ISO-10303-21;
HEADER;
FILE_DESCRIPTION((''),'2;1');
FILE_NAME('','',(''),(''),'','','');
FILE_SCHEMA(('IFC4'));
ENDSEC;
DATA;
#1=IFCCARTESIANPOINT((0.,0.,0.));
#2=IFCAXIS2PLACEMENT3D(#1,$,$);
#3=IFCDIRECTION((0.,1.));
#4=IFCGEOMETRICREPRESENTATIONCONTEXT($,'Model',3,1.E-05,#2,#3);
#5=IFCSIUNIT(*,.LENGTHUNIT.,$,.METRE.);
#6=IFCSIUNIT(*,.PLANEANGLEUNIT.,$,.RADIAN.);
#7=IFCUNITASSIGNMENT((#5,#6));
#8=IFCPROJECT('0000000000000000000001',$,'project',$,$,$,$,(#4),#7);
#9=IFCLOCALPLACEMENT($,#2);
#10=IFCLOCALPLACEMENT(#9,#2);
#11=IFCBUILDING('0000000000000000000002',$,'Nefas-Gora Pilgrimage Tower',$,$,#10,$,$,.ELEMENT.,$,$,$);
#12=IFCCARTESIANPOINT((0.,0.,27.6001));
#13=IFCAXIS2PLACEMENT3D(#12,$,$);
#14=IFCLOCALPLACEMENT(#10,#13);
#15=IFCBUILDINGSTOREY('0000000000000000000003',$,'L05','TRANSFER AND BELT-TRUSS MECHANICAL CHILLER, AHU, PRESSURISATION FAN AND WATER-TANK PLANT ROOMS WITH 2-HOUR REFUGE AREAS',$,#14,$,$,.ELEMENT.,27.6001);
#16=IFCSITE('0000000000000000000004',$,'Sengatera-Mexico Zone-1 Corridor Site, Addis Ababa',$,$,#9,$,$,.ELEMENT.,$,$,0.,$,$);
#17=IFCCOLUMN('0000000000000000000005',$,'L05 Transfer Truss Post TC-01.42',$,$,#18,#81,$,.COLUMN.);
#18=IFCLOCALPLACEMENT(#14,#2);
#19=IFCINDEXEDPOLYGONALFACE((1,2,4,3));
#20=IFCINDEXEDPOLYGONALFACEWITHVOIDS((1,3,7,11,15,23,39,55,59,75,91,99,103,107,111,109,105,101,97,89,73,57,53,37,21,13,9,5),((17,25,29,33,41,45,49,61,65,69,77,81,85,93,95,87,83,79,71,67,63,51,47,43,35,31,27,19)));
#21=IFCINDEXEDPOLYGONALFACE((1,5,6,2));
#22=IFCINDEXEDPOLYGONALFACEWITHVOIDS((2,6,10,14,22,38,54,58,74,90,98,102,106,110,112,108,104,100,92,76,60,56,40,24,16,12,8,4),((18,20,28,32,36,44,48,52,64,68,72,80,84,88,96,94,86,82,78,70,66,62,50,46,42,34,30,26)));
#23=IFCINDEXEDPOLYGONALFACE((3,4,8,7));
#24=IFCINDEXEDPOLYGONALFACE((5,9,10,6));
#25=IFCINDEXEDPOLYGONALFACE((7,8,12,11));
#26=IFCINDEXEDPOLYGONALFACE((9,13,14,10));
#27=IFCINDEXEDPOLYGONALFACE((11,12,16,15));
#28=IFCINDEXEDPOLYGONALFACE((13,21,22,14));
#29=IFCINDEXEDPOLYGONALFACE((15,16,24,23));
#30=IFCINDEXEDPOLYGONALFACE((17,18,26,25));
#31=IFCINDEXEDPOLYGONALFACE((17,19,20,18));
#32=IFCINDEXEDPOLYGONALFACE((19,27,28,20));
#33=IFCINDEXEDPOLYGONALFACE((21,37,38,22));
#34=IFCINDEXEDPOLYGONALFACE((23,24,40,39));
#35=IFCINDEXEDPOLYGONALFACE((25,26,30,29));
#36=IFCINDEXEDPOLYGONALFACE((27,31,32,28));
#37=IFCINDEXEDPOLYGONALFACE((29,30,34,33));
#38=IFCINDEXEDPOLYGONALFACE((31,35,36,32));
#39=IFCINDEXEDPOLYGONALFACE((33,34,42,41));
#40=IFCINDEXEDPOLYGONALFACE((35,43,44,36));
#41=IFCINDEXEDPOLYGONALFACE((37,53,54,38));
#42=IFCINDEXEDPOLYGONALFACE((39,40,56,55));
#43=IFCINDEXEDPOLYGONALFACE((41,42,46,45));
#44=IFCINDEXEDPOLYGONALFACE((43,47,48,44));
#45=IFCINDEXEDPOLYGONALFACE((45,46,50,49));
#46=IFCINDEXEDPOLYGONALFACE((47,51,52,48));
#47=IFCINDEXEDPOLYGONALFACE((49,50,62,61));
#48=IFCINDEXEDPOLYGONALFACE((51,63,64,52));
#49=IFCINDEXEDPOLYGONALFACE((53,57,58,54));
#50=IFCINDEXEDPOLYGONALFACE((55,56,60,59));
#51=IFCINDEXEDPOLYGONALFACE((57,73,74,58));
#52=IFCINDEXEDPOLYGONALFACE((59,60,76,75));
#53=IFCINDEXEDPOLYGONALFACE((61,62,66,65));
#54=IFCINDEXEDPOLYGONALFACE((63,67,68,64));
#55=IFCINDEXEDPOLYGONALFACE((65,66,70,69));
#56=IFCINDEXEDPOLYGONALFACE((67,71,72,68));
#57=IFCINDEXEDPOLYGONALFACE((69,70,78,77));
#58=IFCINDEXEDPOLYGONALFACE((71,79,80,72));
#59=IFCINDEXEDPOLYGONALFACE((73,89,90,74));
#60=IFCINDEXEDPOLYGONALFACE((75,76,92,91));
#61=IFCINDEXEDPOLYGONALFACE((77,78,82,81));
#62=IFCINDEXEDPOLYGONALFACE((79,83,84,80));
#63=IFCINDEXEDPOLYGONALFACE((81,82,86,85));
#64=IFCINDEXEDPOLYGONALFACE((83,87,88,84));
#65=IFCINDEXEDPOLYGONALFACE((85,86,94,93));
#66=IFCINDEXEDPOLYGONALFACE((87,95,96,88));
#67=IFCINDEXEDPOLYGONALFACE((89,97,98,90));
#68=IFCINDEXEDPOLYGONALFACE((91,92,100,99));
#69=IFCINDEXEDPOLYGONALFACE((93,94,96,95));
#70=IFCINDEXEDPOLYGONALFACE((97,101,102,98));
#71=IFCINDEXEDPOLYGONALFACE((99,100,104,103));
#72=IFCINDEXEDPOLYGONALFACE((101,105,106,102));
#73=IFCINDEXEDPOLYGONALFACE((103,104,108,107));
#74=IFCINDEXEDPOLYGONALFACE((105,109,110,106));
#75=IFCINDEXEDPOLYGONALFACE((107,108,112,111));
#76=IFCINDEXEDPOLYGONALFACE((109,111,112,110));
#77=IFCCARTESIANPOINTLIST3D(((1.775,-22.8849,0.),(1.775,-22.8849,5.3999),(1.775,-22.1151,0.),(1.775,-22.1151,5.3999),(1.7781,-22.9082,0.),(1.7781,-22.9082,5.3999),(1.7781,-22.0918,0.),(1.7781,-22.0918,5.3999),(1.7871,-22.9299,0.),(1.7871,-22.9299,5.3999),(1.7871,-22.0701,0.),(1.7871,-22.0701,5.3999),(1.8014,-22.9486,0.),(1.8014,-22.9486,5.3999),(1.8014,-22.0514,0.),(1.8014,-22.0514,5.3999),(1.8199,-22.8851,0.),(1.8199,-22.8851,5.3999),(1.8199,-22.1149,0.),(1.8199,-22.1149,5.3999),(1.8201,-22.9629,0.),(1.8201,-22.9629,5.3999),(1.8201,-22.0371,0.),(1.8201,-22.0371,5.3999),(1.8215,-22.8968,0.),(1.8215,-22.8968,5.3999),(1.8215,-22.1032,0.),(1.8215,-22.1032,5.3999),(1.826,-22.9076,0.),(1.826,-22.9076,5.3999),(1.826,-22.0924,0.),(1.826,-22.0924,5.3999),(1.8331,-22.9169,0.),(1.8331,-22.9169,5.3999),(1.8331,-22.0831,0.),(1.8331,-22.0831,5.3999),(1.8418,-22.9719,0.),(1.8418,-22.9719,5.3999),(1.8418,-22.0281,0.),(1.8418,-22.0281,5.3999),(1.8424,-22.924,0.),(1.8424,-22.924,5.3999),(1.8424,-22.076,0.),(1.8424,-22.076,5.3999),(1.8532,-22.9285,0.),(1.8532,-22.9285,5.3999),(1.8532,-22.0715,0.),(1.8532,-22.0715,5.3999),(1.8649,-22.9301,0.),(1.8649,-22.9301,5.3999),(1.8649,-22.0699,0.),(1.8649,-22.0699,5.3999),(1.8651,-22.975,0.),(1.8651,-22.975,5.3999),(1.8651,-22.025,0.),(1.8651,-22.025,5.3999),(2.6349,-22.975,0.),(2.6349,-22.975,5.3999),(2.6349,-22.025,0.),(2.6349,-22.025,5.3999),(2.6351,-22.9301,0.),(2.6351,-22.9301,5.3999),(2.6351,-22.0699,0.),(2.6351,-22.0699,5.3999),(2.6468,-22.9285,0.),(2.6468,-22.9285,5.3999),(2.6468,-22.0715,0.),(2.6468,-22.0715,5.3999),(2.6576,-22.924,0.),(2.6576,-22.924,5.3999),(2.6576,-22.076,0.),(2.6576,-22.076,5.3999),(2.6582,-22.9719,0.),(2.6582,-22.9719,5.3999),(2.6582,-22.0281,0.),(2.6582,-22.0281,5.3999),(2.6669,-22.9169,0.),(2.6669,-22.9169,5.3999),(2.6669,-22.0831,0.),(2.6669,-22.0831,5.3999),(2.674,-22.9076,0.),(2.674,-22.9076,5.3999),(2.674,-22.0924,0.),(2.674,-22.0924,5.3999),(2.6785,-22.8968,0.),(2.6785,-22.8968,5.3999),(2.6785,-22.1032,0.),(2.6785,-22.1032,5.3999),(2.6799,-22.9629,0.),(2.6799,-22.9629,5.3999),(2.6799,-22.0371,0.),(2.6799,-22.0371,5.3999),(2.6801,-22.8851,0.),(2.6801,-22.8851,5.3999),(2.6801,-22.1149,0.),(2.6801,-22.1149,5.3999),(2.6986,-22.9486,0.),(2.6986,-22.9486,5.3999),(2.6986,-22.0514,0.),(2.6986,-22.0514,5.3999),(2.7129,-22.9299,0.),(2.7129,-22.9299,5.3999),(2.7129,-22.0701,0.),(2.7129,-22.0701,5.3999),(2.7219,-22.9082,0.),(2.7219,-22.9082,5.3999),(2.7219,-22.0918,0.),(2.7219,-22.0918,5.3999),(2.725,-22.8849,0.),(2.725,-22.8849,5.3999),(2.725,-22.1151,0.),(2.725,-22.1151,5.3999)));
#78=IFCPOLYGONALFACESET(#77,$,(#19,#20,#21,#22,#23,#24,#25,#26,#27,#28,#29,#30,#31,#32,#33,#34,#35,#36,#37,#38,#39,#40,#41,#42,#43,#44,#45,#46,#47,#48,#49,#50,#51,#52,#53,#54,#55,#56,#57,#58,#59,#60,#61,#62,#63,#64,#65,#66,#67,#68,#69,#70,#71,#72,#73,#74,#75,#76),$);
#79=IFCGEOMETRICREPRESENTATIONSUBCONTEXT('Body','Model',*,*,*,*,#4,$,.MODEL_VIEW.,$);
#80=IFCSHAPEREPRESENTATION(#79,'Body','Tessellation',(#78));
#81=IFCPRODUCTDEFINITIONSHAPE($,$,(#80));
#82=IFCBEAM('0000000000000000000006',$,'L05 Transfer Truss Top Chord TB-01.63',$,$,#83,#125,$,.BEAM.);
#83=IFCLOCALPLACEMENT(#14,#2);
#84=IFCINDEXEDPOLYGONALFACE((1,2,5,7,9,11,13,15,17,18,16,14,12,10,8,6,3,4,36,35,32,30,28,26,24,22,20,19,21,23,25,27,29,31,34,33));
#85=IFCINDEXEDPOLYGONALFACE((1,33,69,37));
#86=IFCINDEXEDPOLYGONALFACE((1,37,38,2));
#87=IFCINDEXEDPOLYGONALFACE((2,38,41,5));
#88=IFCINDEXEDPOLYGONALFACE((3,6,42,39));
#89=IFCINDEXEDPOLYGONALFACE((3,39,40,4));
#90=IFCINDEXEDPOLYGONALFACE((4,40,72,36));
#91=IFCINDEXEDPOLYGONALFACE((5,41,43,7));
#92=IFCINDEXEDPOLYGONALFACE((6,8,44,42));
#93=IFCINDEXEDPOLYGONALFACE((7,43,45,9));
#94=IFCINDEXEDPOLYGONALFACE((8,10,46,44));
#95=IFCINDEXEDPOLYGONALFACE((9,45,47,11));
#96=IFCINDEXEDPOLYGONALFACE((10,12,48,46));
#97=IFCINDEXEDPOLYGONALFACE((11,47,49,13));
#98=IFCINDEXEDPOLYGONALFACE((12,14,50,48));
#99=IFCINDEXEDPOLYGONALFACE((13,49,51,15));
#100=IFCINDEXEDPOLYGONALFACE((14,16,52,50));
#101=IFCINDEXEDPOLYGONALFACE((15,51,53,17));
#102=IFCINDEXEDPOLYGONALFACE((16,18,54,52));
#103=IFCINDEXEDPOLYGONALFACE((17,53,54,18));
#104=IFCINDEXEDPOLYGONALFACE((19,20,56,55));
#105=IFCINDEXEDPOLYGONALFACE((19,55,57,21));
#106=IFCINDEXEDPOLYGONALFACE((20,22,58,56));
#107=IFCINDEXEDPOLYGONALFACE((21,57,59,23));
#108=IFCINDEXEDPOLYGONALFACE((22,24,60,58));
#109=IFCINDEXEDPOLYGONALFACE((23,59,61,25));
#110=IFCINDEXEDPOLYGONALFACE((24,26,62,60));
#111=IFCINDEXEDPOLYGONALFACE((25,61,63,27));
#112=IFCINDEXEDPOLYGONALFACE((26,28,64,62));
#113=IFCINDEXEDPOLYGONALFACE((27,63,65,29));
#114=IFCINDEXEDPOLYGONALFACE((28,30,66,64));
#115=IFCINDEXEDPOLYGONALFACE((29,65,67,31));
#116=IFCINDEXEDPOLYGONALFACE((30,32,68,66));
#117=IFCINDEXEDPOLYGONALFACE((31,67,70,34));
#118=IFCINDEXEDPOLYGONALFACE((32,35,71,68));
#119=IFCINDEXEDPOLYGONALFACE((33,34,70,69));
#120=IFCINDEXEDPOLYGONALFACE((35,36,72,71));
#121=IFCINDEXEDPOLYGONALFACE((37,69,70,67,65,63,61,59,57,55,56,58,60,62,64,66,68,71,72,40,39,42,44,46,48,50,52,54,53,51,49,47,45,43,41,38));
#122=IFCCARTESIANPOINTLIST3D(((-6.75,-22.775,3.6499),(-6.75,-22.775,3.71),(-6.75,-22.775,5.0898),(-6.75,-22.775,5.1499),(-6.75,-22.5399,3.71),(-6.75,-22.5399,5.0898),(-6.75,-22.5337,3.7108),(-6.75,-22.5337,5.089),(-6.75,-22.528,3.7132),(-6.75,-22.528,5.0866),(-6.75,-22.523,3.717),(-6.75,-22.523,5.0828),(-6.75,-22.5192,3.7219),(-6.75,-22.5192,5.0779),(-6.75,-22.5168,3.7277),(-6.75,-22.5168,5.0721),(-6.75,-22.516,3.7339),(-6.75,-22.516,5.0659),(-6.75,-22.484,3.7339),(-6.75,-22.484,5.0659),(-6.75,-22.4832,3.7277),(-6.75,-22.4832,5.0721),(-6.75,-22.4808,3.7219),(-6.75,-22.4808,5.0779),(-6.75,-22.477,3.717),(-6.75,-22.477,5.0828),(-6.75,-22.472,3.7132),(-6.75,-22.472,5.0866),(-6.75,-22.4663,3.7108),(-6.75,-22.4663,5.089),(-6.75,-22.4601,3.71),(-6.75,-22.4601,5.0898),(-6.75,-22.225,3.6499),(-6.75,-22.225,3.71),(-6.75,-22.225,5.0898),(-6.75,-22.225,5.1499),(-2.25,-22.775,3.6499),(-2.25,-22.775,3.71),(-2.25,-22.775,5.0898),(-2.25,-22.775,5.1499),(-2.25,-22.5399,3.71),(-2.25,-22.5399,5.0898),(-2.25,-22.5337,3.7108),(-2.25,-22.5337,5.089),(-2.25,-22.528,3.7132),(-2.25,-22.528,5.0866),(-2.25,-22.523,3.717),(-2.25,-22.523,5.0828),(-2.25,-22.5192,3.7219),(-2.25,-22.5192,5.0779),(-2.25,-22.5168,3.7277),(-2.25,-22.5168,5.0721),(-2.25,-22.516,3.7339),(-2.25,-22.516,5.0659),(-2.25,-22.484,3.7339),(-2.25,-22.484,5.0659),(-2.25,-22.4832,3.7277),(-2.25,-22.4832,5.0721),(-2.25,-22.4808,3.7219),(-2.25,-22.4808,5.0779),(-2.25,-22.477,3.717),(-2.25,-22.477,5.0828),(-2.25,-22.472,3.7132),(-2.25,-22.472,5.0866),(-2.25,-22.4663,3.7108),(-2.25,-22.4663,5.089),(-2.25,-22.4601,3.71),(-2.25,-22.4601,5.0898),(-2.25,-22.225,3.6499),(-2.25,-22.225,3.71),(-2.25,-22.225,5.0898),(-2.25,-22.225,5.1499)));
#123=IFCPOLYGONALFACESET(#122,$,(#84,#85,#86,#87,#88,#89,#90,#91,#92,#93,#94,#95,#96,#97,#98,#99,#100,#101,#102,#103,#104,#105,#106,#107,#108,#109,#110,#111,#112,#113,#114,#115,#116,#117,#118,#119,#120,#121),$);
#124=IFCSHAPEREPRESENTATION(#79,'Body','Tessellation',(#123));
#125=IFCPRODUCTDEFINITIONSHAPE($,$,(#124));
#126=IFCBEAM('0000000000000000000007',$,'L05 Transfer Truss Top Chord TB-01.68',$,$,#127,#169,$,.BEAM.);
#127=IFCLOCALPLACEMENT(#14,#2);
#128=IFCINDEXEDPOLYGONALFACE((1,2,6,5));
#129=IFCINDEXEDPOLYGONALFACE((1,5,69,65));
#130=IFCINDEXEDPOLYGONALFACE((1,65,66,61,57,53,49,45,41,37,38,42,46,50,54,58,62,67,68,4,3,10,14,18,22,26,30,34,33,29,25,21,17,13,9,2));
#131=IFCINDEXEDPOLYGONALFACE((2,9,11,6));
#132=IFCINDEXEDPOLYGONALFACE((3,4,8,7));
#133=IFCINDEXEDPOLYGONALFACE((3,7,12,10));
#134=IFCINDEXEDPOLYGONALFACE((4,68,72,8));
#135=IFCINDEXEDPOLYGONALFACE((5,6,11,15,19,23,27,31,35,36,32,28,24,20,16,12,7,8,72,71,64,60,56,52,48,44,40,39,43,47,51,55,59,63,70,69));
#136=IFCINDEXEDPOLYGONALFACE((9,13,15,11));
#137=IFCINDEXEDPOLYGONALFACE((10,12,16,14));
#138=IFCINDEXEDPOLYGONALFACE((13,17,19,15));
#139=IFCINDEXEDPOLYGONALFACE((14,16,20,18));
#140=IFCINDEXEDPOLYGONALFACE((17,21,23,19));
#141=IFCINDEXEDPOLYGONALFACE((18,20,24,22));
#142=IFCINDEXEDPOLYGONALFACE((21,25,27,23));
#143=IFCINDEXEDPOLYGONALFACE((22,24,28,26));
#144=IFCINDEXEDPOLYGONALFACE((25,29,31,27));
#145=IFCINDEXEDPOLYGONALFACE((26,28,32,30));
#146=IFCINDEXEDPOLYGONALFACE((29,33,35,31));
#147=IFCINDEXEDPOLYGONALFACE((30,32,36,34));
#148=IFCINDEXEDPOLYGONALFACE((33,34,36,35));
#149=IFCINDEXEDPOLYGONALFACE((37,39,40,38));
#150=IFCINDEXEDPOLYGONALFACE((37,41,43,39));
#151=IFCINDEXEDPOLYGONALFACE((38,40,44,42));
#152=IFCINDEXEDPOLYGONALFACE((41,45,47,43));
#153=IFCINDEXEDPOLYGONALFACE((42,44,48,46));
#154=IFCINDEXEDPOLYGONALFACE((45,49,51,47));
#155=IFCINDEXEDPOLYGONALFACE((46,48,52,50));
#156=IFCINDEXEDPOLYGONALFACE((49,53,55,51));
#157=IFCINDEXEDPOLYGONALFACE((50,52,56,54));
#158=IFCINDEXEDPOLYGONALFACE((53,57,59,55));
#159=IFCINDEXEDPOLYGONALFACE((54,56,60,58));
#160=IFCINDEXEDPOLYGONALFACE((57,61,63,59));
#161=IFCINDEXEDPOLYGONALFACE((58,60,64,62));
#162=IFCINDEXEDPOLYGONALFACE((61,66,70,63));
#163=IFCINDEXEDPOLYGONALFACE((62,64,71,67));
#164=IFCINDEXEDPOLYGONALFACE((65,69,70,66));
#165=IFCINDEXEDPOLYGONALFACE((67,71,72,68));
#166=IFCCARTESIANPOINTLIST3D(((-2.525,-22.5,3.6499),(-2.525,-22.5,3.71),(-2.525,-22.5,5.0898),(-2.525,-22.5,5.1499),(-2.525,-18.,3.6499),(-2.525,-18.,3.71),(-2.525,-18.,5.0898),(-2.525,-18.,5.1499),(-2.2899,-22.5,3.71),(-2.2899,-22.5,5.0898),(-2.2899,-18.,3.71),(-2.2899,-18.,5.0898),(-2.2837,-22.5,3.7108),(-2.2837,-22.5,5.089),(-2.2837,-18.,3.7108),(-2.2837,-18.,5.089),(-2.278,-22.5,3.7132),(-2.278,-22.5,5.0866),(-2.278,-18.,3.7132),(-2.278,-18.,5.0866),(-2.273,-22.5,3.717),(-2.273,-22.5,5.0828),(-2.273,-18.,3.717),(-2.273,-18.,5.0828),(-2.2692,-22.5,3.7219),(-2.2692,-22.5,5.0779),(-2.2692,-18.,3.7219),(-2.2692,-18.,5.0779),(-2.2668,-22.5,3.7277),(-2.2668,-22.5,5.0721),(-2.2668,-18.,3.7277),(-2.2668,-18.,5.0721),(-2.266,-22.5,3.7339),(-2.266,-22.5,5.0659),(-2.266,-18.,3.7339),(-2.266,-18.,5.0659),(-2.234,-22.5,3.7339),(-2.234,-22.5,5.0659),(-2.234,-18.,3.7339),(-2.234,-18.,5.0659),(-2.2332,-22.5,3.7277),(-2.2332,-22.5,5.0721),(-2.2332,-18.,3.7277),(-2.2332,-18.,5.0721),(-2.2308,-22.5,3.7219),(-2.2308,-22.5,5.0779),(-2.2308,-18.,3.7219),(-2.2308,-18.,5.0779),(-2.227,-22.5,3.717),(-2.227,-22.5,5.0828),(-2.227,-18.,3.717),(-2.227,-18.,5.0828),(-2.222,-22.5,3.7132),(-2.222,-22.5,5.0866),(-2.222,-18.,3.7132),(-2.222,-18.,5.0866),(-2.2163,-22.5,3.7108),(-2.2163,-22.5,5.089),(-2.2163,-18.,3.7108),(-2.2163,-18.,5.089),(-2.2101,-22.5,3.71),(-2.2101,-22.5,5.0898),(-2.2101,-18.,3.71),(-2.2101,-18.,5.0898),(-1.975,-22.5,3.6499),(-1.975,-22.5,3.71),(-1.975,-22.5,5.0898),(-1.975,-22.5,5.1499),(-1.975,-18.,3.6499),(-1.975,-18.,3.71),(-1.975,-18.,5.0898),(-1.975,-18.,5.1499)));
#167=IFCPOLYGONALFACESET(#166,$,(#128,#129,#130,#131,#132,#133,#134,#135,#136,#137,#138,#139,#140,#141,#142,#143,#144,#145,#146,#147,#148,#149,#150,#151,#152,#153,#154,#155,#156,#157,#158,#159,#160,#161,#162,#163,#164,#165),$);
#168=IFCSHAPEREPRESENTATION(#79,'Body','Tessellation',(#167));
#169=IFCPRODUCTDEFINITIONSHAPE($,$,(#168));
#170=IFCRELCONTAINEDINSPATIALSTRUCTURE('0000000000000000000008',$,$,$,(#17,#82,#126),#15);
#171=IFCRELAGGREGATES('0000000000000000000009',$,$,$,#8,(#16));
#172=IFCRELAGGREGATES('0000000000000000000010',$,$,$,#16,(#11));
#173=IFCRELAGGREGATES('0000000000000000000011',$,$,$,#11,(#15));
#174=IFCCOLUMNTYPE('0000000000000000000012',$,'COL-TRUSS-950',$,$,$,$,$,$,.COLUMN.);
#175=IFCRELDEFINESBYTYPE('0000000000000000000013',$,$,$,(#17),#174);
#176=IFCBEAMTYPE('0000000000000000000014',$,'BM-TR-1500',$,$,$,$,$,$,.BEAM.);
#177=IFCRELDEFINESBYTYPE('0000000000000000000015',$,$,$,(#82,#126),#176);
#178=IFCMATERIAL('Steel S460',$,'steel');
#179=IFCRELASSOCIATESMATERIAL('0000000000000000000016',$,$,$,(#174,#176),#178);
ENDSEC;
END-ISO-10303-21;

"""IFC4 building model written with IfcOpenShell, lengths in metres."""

from ifc_helpers import new_model, si_unit, direction, frame, origin, origin_2d, place, context, subcontext, project, spatial, hollow_rectangle, i_section, extrude, source, transform, mapped, material, material_profile, profile_set, type_object, element, save


model = new_model("IFC4")

# Units and contexts
model_context = context("Model", 3, precision=1e-05, world=origin(), true_north=direction((0.0, 1.0)))
body_context = subcontext(model_context, "Body", "Model", "MODEL_VIEW")
ifc_project = project(units=[si_unit("LENGTHUNIT", "METRE"), si_unit("PLANEANGLEUNIT", "RADIAN")], contexts=[model_context])

# Site, building, storey
site_placement = place(None, origin())
site = spatial("IfcSite", under=ifc_project, at=site_placement, Name="Sengatera-Mexico Zone-1 Corridor Site, Addis Ababa", CompositionType="ELEMENT", RefElevation=0.0)
building_placement = place(site_placement, origin())
building = spatial("IfcBuilding", under=site, at=building_placement, Name="Nefas-Gora Pilgrimage Tower", CompositionType="ELEMENT")
storey_placement = place(building_placement, frame((0.0, 0.0, 27.6001)))
storey = spatial("IfcBuildingStorey", under=building, at=storey_placement, Name="L05", Description="TRANSFER AND BELT-TRUSS MECHANICAL CHILLER, AHU, PRESSURISATION FAN AND WATER-TANK PLANT ROOMS WITH 2-HOUR REFUGE AREAS", CompositionType="ELEMENT", Elevation=27.6001)

# Column
ifc_material_1 = material(Name="Steel S460", Category="steel")
ifc_material_profile_1 = material_profile(ifc_material_1, hollow_rectangle(XDim=0.95, YDim=0.95, WallThickness=0.0449, InnerFilletRadius=0.0449, OuterFilletRadius=0.0901, at=origin_2d()), Name="BOX 950x950x45")
ifc_profile_set_1 = profile_set([ifc_material_profile_1], Name="Steel S460")
column_type_1 = type_object("IfcColumnType", Name="COL-TRUSS-950", PredefinedType="COLUMN", material=ifc_profile_set_1)
shared_shape_1 = source(origin(), body_context, "Body", "SweptSolid", [
    extrude(hollow_rectangle(XDim=0.95, YDim=0.95, WallThickness=0.0449, InnerFilletRadius=0.0449, OuterFilletRadius=0.0901, at=origin_2d()), origin(), (0.0, 0.0, 1.0), 5.3999),
])
for number, where, z_axis, x_axis, name in (
    (1, (2.25, -22.5, 0.0), (0.0, 0.0, 1.0), (1.0, 0.0, 0.0), "L05 Transfer Truss Post TC-01.42"),
):
    element("IfcColumn", number, at=place(storey_placement, frame(where, z_axis=z_axis, x_axis=x_axis)), inside=storey, type_object=column_type_1, Name=name, PredefinedType="COLUMN", context=body_context, shape_type="MappedRepresentation", body=[
        mapped(shared_shape_1, transform((0.0, 0.0, 0.0), x_axis=(1.0, 0.0, 0.0), y_axis=(0.0, 1.0, 0.0), z_axis=(0.0, 0.0, 1.0), scale=1.0)),
    ])

# Beams
ifc_material_profile_2 = material_profile(ifc_material_1, i_section(OverallWidth=0.55, OverallDepth=1.5, WebThickness=0.032, FlangeThickness=0.0601, FilletRadius=0.0239, at=origin_2d()), Name="WPG 1500x550x32x60")
ifc_profile_set_2 = profile_set([ifc_material_profile_2], Name="Steel S460")
beam_type_1 = type_object("IfcBeamType", Name="BM-TR-1500", PredefinedType="BEAM", material=ifc_profile_set_2)
shared_shape_2 = source(origin(), body_context, "Body", "SweptSolid", [
    extrude(i_section(OverallWidth=0.55, OverallDepth=1.5, WebThickness=0.032, FlangeThickness=0.0601, FilletRadius=0.0239, at=origin_2d()), origin(), (0.0, 0.0, 1.0), 4.5),
])
for number, where, z_axis, x_axis, name in (
    (2, (-6.75, -22.5, 4.3999), (1.0, 0.0, 0.0), (0.0, 1.0, 0.0), "L05 Transfer Truss Top Chord TB-01.63"),
    (3, (-2.25, -22.5, 4.3999), (0.0, 1.0, 0.0), (-1.0, 0.0, 0.0), "L05 Transfer Truss Top Chord TB-01.68"),
):
    element("IfcBeam", number, at=place(storey_placement, frame(where, z_axis=z_axis, x_axis=x_axis)), inside=storey, type_object=beam_type_1, Name=name, PredefinedType="BEAM", context=body_context, shape_type="MappedRepresentation", body=[
        mapped(shared_shape_2, transform((0.0, 0.0, 0.0), x_axis=(1.0, 0.0, 0.0), y_axis=(0.0, 1.0, 0.0), z_axis=(0.0, 0.0, 1.0), scale=1.0)),
    ])

save(model, "model.ifc")
